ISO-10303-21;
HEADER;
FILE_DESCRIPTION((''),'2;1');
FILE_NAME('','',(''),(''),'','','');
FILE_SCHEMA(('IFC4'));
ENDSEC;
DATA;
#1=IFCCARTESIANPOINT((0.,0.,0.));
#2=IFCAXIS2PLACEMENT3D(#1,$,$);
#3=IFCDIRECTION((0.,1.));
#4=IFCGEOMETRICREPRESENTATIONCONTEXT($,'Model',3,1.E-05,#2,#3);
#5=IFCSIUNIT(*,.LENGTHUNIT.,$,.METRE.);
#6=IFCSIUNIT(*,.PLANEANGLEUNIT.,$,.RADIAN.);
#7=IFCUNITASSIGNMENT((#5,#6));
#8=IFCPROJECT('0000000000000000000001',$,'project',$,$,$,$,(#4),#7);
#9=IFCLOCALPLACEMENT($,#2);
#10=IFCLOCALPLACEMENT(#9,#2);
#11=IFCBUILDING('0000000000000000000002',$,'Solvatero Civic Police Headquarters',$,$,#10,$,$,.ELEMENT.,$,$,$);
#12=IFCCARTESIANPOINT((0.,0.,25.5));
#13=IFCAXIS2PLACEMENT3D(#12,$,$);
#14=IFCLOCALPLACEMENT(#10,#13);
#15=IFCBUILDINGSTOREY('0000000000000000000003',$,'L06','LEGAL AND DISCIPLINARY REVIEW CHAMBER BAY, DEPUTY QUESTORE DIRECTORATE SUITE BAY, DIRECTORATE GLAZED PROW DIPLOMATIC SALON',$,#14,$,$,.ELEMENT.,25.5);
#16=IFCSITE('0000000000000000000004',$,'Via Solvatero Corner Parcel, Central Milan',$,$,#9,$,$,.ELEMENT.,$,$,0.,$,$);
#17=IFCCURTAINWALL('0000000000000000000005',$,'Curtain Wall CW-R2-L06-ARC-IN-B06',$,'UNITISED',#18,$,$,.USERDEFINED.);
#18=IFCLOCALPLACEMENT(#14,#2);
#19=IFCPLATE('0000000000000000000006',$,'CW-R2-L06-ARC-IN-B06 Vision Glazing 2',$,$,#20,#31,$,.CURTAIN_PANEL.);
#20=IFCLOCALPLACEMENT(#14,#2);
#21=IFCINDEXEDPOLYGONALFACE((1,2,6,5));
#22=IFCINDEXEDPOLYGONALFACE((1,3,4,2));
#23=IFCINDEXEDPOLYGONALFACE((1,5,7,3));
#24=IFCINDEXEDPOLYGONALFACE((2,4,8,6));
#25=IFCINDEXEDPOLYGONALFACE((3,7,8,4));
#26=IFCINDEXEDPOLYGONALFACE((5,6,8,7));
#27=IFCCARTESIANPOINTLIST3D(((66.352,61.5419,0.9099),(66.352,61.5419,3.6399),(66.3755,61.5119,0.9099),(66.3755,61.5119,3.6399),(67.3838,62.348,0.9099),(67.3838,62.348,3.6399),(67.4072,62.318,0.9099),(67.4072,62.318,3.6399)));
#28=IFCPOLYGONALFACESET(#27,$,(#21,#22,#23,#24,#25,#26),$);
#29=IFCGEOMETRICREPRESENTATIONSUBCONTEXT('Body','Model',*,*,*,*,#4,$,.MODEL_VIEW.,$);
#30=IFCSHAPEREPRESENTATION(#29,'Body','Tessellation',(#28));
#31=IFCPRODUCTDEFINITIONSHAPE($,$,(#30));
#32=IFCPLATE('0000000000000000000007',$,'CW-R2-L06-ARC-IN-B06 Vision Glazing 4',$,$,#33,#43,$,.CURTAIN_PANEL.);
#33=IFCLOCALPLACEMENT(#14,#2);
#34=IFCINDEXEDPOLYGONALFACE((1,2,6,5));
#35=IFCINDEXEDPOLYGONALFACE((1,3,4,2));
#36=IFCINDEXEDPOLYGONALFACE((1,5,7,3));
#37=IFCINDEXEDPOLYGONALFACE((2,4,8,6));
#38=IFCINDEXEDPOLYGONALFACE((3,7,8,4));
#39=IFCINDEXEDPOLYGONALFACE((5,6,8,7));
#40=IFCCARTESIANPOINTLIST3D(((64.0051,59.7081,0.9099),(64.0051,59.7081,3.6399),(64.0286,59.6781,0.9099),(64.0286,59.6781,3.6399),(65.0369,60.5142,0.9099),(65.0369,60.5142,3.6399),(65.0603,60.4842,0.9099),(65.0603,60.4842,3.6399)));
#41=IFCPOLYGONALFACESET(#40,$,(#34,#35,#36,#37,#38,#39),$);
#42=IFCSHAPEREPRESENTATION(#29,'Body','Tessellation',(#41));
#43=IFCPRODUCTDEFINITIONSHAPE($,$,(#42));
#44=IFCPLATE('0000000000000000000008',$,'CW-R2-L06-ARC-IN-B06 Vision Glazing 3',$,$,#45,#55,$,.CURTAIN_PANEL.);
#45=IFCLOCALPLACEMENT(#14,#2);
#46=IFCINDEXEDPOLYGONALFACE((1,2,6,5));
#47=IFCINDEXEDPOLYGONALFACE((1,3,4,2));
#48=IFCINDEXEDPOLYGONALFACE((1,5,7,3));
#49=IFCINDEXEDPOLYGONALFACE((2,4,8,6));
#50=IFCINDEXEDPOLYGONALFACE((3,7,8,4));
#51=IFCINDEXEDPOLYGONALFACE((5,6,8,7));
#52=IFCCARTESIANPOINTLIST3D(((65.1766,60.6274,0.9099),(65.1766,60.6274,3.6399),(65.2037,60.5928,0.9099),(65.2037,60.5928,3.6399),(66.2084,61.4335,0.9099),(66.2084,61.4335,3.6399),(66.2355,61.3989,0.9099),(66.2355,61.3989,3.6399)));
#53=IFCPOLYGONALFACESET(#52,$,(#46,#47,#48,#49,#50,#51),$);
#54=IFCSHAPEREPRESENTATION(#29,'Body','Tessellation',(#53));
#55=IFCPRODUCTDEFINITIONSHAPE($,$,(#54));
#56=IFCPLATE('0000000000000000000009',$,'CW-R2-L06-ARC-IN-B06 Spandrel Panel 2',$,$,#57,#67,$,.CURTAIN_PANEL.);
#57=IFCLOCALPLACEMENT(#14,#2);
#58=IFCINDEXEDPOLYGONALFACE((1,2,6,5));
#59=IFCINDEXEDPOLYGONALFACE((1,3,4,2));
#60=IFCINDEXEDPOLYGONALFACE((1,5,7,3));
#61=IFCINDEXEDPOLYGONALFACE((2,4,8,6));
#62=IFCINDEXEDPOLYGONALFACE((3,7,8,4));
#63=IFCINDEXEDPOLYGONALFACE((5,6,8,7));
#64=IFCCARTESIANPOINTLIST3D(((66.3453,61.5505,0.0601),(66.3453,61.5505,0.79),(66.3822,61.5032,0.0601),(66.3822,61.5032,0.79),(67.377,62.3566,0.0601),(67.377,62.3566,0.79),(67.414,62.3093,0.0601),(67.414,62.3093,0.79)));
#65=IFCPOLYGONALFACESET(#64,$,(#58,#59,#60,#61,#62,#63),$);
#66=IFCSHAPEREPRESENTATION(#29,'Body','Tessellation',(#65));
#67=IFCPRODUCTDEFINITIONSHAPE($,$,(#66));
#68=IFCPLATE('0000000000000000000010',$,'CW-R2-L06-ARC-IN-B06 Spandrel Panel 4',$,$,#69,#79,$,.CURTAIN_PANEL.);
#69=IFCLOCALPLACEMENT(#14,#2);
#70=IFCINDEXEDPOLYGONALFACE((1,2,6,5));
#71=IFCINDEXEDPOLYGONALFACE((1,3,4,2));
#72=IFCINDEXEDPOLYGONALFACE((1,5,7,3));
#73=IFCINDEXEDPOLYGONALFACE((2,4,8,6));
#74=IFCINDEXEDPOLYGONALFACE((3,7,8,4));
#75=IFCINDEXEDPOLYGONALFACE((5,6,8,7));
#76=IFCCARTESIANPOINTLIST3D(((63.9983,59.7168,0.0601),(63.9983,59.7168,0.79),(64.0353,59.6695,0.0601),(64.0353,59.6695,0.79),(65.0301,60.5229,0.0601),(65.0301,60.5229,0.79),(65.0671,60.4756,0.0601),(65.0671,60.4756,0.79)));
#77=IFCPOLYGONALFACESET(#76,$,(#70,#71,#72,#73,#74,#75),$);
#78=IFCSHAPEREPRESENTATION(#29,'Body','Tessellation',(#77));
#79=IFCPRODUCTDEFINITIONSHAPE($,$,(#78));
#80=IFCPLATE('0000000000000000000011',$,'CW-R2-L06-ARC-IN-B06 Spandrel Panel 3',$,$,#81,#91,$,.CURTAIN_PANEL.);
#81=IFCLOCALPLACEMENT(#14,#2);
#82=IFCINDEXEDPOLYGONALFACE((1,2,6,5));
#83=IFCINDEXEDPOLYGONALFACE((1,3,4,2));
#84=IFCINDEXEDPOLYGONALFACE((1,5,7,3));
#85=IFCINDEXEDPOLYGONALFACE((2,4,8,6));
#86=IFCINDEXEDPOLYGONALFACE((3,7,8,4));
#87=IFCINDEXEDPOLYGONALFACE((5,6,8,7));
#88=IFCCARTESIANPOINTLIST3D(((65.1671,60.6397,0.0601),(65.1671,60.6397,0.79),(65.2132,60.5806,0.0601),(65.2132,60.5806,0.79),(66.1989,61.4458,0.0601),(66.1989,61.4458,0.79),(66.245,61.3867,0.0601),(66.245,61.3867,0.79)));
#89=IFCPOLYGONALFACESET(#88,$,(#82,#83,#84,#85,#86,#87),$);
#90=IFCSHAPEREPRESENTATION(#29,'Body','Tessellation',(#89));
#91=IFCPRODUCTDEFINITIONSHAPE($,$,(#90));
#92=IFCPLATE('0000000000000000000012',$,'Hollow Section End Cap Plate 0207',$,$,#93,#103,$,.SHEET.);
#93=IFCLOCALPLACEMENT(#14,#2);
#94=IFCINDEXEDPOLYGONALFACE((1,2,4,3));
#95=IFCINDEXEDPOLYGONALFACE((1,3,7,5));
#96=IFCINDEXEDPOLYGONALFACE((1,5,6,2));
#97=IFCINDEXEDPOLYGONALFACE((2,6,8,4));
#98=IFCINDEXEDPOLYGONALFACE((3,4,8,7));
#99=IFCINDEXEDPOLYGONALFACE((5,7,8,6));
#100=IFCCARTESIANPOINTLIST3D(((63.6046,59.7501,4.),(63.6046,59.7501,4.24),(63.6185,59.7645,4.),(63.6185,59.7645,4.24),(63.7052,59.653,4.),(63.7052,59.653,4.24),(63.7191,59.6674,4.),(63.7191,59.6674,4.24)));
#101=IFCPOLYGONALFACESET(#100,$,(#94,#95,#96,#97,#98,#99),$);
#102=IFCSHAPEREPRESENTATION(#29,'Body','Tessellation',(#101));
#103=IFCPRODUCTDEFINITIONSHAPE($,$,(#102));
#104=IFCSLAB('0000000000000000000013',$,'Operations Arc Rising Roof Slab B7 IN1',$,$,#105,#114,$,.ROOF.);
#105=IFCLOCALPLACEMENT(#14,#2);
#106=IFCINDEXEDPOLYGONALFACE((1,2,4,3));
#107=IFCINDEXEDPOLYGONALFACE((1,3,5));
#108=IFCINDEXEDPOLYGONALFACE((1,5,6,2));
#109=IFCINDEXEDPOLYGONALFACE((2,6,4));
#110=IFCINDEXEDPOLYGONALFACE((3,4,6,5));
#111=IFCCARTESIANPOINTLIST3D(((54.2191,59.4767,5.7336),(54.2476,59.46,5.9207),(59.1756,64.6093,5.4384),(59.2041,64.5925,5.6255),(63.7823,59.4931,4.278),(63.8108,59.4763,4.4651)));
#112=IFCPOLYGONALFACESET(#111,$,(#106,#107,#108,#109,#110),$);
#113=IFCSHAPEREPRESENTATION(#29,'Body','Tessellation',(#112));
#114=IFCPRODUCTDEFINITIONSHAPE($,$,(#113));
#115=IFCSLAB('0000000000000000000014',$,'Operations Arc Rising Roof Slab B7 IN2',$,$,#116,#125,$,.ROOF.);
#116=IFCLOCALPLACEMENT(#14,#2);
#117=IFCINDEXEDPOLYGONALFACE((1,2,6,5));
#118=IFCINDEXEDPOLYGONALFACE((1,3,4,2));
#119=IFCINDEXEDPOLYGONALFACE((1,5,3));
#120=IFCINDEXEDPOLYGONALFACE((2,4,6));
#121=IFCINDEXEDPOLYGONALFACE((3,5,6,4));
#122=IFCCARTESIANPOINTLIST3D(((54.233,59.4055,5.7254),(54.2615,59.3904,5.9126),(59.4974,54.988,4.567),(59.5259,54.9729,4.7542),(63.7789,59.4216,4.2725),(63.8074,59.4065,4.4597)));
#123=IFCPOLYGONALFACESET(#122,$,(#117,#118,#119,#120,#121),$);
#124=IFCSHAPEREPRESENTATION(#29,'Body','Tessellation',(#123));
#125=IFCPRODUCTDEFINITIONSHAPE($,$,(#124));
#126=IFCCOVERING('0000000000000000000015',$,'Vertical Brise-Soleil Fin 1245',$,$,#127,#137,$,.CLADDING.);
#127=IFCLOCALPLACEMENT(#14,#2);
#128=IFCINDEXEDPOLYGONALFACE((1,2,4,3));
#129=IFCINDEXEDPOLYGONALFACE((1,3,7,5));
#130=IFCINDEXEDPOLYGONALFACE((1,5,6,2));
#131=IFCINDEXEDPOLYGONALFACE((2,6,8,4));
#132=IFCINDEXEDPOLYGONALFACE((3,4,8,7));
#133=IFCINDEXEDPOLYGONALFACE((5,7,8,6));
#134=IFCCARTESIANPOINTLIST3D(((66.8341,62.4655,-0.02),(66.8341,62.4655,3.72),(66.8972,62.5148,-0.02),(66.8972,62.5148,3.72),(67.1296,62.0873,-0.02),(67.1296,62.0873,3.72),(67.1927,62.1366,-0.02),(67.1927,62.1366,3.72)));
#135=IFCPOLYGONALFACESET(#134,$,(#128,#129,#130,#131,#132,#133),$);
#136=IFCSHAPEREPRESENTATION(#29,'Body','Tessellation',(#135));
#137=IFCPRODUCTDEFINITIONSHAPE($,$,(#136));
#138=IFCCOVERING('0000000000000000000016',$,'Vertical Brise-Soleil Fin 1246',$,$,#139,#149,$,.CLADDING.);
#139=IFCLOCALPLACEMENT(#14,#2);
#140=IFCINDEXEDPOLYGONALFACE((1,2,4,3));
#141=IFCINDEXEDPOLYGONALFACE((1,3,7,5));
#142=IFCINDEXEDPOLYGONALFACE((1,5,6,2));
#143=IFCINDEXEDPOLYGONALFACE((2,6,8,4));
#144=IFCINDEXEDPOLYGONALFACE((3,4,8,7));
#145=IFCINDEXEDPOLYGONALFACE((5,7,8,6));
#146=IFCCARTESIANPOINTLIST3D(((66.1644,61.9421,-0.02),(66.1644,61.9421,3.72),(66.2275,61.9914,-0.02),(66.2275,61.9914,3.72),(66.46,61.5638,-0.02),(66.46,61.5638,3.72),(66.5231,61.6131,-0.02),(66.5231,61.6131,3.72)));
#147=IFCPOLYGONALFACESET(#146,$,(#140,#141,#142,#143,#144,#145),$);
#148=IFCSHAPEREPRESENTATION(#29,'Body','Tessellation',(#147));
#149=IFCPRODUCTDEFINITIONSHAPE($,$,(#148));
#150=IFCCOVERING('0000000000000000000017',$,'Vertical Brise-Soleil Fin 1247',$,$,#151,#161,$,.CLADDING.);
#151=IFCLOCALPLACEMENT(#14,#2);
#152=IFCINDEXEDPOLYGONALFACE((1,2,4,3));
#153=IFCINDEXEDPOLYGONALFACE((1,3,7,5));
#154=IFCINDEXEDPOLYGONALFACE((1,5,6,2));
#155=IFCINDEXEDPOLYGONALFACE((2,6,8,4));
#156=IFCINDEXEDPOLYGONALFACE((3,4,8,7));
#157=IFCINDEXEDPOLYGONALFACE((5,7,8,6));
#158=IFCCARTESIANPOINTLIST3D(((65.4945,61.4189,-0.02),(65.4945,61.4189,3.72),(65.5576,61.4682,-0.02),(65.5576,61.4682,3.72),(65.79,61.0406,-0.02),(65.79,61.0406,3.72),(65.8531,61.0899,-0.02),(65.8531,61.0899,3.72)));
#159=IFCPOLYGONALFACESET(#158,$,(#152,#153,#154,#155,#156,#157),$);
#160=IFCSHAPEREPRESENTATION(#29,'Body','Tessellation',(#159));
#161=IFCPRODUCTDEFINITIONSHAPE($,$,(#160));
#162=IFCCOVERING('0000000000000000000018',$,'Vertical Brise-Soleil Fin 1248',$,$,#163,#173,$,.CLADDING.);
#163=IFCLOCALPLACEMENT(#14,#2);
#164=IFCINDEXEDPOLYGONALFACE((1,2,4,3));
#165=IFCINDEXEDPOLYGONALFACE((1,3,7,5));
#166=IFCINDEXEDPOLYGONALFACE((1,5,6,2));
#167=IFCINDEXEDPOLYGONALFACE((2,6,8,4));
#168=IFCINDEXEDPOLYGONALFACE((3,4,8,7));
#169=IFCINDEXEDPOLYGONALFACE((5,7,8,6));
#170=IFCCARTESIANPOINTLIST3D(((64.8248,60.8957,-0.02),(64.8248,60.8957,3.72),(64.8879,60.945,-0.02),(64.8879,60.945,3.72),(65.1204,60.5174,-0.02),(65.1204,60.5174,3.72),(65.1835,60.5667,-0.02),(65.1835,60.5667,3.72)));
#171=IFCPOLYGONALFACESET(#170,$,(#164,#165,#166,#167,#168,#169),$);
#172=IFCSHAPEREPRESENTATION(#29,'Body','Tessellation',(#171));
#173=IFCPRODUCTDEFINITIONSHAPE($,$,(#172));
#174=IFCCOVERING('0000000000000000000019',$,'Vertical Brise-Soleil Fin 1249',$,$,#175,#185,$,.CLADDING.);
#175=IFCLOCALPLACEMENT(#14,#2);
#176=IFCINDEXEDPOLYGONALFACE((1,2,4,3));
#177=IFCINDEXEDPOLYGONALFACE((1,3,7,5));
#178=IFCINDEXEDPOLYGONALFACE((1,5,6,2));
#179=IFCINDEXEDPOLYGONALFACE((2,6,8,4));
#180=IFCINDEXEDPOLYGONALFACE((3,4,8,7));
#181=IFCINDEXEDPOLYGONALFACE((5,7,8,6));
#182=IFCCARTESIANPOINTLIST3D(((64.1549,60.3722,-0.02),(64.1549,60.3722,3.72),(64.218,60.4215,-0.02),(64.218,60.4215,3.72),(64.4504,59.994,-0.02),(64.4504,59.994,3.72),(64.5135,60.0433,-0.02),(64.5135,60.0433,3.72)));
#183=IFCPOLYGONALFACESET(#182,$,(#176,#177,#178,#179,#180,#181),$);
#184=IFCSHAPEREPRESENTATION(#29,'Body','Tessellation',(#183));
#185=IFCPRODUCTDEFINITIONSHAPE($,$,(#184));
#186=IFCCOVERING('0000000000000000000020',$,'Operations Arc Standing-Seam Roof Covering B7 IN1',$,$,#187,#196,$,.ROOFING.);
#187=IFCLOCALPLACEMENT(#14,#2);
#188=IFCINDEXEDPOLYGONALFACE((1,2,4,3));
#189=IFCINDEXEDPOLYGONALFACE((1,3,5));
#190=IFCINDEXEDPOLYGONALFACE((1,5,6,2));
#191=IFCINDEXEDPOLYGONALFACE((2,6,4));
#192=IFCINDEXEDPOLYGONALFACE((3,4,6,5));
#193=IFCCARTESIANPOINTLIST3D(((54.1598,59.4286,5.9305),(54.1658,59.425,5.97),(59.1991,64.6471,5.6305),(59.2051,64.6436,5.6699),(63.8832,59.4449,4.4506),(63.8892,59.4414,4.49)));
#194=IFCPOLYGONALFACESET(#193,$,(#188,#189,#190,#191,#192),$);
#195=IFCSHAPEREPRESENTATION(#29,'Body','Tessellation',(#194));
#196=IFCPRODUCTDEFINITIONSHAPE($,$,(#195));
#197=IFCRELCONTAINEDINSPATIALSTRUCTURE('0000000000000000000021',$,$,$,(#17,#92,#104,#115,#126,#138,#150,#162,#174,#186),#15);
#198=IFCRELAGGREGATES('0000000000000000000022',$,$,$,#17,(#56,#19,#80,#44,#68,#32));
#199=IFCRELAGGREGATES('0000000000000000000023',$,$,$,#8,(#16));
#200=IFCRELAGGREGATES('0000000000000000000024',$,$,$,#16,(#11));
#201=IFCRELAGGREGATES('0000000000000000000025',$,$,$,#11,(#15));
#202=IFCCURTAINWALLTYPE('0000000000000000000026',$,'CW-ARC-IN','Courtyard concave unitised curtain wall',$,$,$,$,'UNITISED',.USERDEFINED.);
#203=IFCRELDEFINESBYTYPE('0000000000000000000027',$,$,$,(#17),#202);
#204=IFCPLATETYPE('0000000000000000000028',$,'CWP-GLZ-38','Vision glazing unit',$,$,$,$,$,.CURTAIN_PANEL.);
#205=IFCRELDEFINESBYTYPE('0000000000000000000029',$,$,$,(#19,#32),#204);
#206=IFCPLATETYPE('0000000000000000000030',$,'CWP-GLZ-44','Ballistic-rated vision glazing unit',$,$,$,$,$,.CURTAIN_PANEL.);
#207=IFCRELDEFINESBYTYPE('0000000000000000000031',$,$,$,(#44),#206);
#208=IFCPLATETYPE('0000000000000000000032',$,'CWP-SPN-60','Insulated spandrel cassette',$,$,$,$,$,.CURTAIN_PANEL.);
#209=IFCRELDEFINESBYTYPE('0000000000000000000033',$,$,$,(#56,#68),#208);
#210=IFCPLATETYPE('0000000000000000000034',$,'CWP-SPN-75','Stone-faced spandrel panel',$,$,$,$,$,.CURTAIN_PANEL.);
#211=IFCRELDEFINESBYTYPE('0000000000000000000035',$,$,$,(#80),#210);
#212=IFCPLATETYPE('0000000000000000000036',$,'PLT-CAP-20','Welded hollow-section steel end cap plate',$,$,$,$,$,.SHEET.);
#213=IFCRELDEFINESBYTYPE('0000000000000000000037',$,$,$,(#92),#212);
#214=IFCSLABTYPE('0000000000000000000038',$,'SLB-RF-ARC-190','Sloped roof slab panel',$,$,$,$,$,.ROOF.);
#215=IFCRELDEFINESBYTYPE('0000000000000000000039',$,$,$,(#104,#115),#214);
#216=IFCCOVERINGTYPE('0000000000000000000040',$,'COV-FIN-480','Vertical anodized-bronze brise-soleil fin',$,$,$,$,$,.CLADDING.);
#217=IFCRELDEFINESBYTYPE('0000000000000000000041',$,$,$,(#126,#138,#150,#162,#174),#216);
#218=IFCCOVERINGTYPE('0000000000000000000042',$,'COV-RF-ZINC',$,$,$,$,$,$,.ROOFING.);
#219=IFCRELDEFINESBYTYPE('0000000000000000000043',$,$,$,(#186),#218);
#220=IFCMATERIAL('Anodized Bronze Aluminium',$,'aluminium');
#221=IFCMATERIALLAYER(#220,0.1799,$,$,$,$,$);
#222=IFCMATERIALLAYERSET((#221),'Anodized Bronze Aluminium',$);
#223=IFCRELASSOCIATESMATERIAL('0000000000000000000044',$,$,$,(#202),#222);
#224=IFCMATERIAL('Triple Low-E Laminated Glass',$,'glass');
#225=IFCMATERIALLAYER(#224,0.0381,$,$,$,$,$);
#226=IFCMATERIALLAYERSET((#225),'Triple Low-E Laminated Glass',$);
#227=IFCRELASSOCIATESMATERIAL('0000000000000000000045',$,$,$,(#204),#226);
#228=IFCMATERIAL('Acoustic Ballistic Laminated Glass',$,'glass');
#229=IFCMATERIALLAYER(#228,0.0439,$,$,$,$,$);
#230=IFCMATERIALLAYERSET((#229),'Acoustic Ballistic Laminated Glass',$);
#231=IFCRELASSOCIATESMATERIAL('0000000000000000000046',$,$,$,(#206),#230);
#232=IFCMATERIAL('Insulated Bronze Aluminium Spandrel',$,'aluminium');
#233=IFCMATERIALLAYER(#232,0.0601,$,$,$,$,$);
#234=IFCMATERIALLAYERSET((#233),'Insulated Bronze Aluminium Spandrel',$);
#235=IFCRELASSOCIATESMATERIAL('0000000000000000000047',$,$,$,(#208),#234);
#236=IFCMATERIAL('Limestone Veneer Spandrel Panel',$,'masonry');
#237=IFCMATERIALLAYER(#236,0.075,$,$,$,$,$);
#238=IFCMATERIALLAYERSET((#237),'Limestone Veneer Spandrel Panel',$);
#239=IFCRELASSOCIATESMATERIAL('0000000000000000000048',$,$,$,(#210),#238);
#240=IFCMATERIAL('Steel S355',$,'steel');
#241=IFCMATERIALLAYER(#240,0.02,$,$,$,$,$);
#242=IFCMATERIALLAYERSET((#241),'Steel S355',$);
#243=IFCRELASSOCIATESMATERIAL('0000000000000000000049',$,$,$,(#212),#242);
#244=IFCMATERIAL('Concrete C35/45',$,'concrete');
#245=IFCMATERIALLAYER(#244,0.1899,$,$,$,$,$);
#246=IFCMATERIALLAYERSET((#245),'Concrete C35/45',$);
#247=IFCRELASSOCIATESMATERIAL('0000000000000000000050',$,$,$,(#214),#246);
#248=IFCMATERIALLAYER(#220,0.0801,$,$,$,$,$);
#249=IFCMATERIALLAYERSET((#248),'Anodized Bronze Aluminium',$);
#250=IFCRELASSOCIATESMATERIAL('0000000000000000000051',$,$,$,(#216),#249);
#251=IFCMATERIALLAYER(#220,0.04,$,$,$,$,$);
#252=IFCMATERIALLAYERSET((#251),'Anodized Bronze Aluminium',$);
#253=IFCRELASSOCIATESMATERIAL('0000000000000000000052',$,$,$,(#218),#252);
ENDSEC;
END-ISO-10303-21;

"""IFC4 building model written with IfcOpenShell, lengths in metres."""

from ifc_helpers import new_model, si_unit, direction, frame, origin, origin_2d, place, context, subcontext, project, spatial, polyline, rectangle, outline, extrude, material, layer, layer_set, type_object, element, aggregate, save


model = new_model("IFC4")

# Units and contexts
model_context = context("Model", 3, precision=1e-05, world=origin(), true_north=direction((0.0, 1.0)))
body_context = subcontext(model_context, "Body", "Model", "MODEL_VIEW")
ifc_project = project(units=[si_unit("LENGTHUNIT", "METRE"), si_unit("PLANEANGLEUNIT", "RADIAN")], contexts=[model_context])

# Site, building, storey
site_placement = place(None, origin())
site = spatial("IfcSite", under=ifc_project, at=site_placement, Name="Via Solvatero Corner Parcel, Central Milan", CompositionType="ELEMENT", RefElevation=0.0)
building_placement = place(site_placement, origin())
building = spatial("IfcBuilding", under=site, at=building_placement, Name="Solvatero Civic Police Headquarters", CompositionType="ELEMENT")
storey_placement = place(building_placement, frame((0.0, 0.0, 25.5)))
storey = spatial("IfcBuildingStorey", under=building, at=storey_placement, Name="L06", Description="LEGAL AND DISCIPLINARY REVIEW CHAMBER BAY, DEPUTY QUESTORE DIRECTORATE SUITE BAY, DIRECTORATE GLAZED PROW DIPLOMATIC SALON", CompositionType="ELEMENT", Elevation=25.5)

# Shared definitions
ifc_material_1 = material(Name="Steel S355", Category="steel")

# Curtain wall
ifc_material_2 = material(Name="Anodized Bronze Aluminium", Category="aluminium")
ifc_layer_1 = layer(ifc_material_2, 0.1799)
ifc_layer_set_1 = layer_set([ifc_layer_1], Name="Anodized Bronze Aluminium")
curtain_wall_type = type_object("IfcCurtainWallType", Name="CW-ARC-IN", Description="Courtyard concave unitised curtain wall", ElementType="UNITISED", PredefinedType="USERDEFINED", material=ifc_layer_set_1)
curtain_wall_1_placement = place(storey_placement, origin())
curtain_wall_1 = element("IfcCurtainWall", 1, at=curtain_wall_1_placement, inside=storey, type_object=curtain_wall_type, Name="Curtain Wall CW-R2-L06-ARC-IN-B06", ObjectType="UNITISED", PredefinedType="USERDEFINED")

# Plates
ifc_material_3 = material(Name="Triple Low-E Laminated Glass", Category="glass")
ifc_layer_2 = layer(ifc_material_3, 0.0381)
ifc_layer_set_2 = layer_set([ifc_layer_2], Name="Triple Low-E Laminated Glass")
plate_type_1 = type_object("IfcPlateType", Name="CWP-GLZ-38", Description="Vision glazing unit", PredefinedType="CURTAIN_PANEL", material=ifc_layer_set_2)
plate_1_placement = place(storey_placement, frame((66.8796, 61.9299, 0.9099), z_axis=(0.0, 0.0, 1.0), x_axis=(-0.788011, -0.615661, 0.0)))
plate_1 = element("IfcPlate", 2, at=plate_1_placement, type_object=plate_type_1, Name="CW-R2-L06-ARC-IN-B06 Vision Glazing 2", PredefinedType="CURTAIN_PANEL", context=body_context, shape_type="SweptSolid", body=[
    extrude(rectangle(XDim=1.3093, YDim=0.0381, at=origin_2d()), origin(), (0.0, 0.0, 1.0), 2.73),
])
plate_2_placement = place(storey_placement, frame((64.5327, 60.0962, 0.9099), z_axis=(0.0, 0.0, 1.0), x_axis=(-0.788011, -0.615661, 0.0)))
plate_2 = element("IfcPlate", 3, at=plate_2_placement, type_object=plate_type_1, Name="CW-R2-L06-ARC-IN-B06 Vision Glazing 4", PredefinedType="CURTAIN_PANEL", context=body_context, shape_type="SweptSolid", body=[
    extrude(rectangle(XDim=1.3093, YDim=0.0381, at=origin_2d()), origin(), (0.0, 0.0, 1.0), 2.73),
])
ifc_material_4 = material(Name="Acoustic Ballistic Laminated Glass", Category="glass")
ifc_layer_3 = layer(ifc_material_4, 0.0439)
ifc_layer_set_3 = layer_set([ifc_layer_3], Name="Acoustic Ballistic Laminated Glass")
plate_type_2 = type_object("IfcPlateType", Name="CWP-GLZ-44", Description="Ballistic-rated vision glazing unit", PredefinedType="CURTAIN_PANEL", material=ifc_layer_set_3)
plate_3_placement = place(storey_placement, frame((65.7061, 61.0132, 0.9099), z_axis=(0.0, 0.0, 1.0), x_axis=(-0.788011, -0.615661, 0.0)))
plate_3 = element("IfcPlate", 4, at=plate_3_placement, type_object=plate_type_2, Name="CW-R2-L06-ARC-IN-B06 Vision Glazing 3", PredefinedType="CURTAIN_PANEL", context=body_context, shape_type="SweptSolid", body=[
    extrude(rectangle(XDim=1.3093, YDim=0.0439, at=origin_2d()), origin(), (0.0, 0.0, 1.0), 2.73),
])
ifc_material_5 = material(Name="Insulated Bronze Aluminium Spandrel", Category="aluminium")
ifc_layer_4 = layer(ifc_material_5, 0.0601)
ifc_layer_set_4 = layer_set([ifc_layer_4], Name="Insulated Bronze Aluminium Spandrel")
plate_type_3 = type_object("IfcPlateType", Name="CWP-SPN-60", Description="Insulated spandrel cassette", PredefinedType="CURTAIN_PANEL", material=ifc_layer_set_4)
plate_4_placement = place(storey_placement, frame((66.8796, 61.9299, 0.0601), z_axis=(0.0, 0.0, 1.0), x_axis=(-0.788011, -0.615661, 0.0)))
plate_4 = element("IfcPlate", 5, at=plate_4_placement, type_object=plate_type_3, Name="CW-R2-L06-ARC-IN-B06 Spandrel Panel 2", PredefinedType="CURTAIN_PANEL", context=body_context, shape_type="SweptSolid", body=[
    extrude(rectangle(XDim=1.3093, YDim=0.0601, at=origin_2d()), origin(), (0.0, 0.0, 1.0), 0.73),
])
plate_5_placement = place(storey_placement, frame((64.5327, 60.0962, 0.0601), z_axis=(0.0, 0.0, 1.0), x_axis=(-0.788011, -0.615661, 0.0)))
plate_5 = element("IfcPlate", 6, at=plate_5_placement, type_object=plate_type_3, Name="CW-R2-L06-ARC-IN-B06 Spandrel Panel 4", PredefinedType="CURTAIN_PANEL", context=body_context, shape_type="SweptSolid", body=[
    extrude(rectangle(XDim=1.3093, YDim=0.0601, at=origin_2d()), origin(), (0.0, 0.0, 1.0), 0.73),
])
ifc_material_6 = material(Name="Limestone Veneer Spandrel Panel", Category="masonry")
ifc_layer_5 = layer(ifc_material_6, 0.075)
ifc_layer_set_5 = layer_set([ifc_layer_5], Name="Limestone Veneer Spandrel Panel")
plate_type_4 = type_object("IfcPlateType", Name="CWP-SPN-75", Description="Stone-faced spandrel panel", PredefinedType="CURTAIN_PANEL", material=ifc_layer_set_5)
plate_6_placement = place(storey_placement, frame((65.7061, 61.0132, 0.0601), z_axis=(0.0, 0.0, 1.0), x_axis=(-0.788011, -0.615661, 0.0)))
plate_6 = element("IfcPlate", 7, at=plate_6_placement, type_object=plate_type_4, Name="CW-R2-L06-ARC-IN-B06 Spandrel Panel 3", PredefinedType="CURTAIN_PANEL", context=body_context, shape_type="SweptSolid", body=[
    extrude(rectangle(XDim=1.3093, YDim=0.075, at=origin_2d()), origin(), (0.0, 0.0, 1.0), 0.73),
])
aggregate(curtain_wall_1, [plate_4, plate_1, plate_6, plate_3, plate_5, plate_2])
ifc_layer_6 = layer(ifc_material_1, 0.02)
ifc_layer_set_6 = layer_set([ifc_layer_6], Name="Steel S355")
plate_type_5 = type_object("IfcPlateType", Name="PLT-CAP-20", Description="Welded hollow-section steel end cap plate", PredefinedType="SHEET", material=ifc_layer_set_6)
plate_7_placement = place(storey_placement, frame((63.6619, 59.7087, 4.0), z_axis=(0.0, 0.0, 1.0), x_axis=(-0.694658, -0.71934, 0.0)))
element("IfcPlate", 8, at=plate_7_placement, inside=storey, type_object=plate_type_5, Name="Hollow Section End Cap Plate 0207", PredefinedType="SHEET", context=body_context, shape_type="SweptSolid", body=[
    extrude(rectangle(XDim=0.02, YDim=0.1399, at=origin_2d()), origin(), (0.0, 0.0, 1.0), 0.24),
])

# Slabs
ifc_material_7 = material(Name="Concrete C35/45", Category="concrete")
ifc_layer_7 = layer(ifc_material_7, 0.1899)
ifc_layer_set_7 = layer_set([ifc_layer_7], Name="Concrete C35/45")
slab_type = type_object("IfcSlabType", Name="SLB-RF-ARC-190", Description="Sloped roof slab panel", PredefinedType="ROOF", material=ifc_layer_set_7)
slab_1_placement = place(storey_placement, frame((63.8108, 59.4763, 4.4651), z_axis=(0.150032, -0.088256, 0.984734), x_axis=(-0.988613, -0.001691, 0.150471)))
element("IfcSlab", 9, at=slab_1_placement, inside=storey, type_object=slab_type, Name="Operations Arc Rising Roof Slab B7 IN1", PredefinedType="ROOF", context=body_context, shape_type="SweptSolid", body=[
    extrude(outline(polyline([(0.0, 0.0), (9.6734, 0.0), (4.7202, -5.1443), (0.0, 0.0)])), origin(), (0.0, 0.0, -1.0), 0.1899),
])
slab_2_placement = place(storey_placement, frame((63.8074, 59.4065, 4.4597), z_axis=(0.150121, -0.079527, 0.985464), x_axis=(-0.693869, -0.718519, 0.047717)))
element("IfcSlab", 10, at=slab_2_placement, inside=storey, type_object=slab_type, Name="Operations Arc Rising Roof Slab B7 IN2", PredefinedType="ROOF", context=body_context, shape_type="SweptSolid", body=[
    extrude(outline(polyline([(0.0, 0.0), (6.1705, 0.0), (6.7045, -6.9487), (0.0, 0.0)])), origin(), (0.0, 0.0, -1.0), 0.1899),
])

# Coverings
ifc_layer_8 = layer(ifc_material_2, 0.0801)
ifc_layer_set_8 = layer_set([ifc_layer_8], Name="Anodized Bronze Aluminium")
covering_type_1 = type_object("IfcCoveringType", Name="COV-FIN-480", Description="Vertical anodized-bronze brise-soleil fin", PredefinedType="CLADDING", material=ifc_layer_set_8)
for number, where, z_axis, x_axis, name in (
    (11, (67.0134, 62.301, -0.02), (0.0, 0.0, 1.0), (-0.788011, -0.615661, 0.0), "Vertical Brise-Soleil Fin 1245"),
    (12, (66.3438, 61.7776, -0.02), (0.0, 0.0, 1.0), (-0.788011, -0.615661, 0.0), "Vertical Brise-Soleil Fin 1246"),
    (13, (65.6738, 61.2544, -0.02), (0.0, 0.0, 1.0), (-0.788011, -0.615661, 0.0), "Vertical Brise-Soleil Fin 1247"),
    (14, (65.0042, 60.7312, -0.02), (0.0, 0.0, 1.0), (-0.788011, -0.615661, 0.0), "Vertical Brise-Soleil Fin 1248"),
    (15, (64.3342, 60.2078, -0.02), (0.0, 0.0, 1.0), (-0.788011, -0.615661, 0.0), "Vertical Brise-Soleil Fin 1249"),
):
    element("IfcCovering", number, at=place(storey_placement, frame(where, z_axis=z_axis, x_axis=x_axis)), inside=storey, type_object=covering_type_1, Name=name, PredefinedType="CLADDING", context=body_context, shape_type="SweptSolid", body=[
        extrude(rectangle(XDim=0.0801, YDim=0.48, at=origin_2d()), origin(), (0.0, 0.0, 1.0), 3.74),
    ])
ifc_layer_9 = layer(ifc_material_2, 0.04)
ifc_layer_set_9 = layer_set([ifc_layer_9], Name="Anodized Bronze Aluminium")
covering_type_2 = type_object("IfcCoveringType", Name="COV-RF-ZINC", PredefinedType="ROOFING", material=ifc_layer_set_9)
covering_1_placement = place(storey_placement, frame((63.8892, 59.4414, 4.49), z_axis=(0.150033, -0.088262, 0.984733), x_axis=(-0.659827, 0.732804, 0.166212)))
element("IfcCovering", 16, at=covering_1_placement, inside=storey, type_object=covering_type_2, Name="Operations Arc Standing-Seam Roof Covering B7 IN1", PredefinedType="ROOFING", context=body_context, shape_type="SweptSolid", body=[
    extrude(outline(polyline([(0.0, 0.0), (7.099, 0.0), (6.6498, 7.2468), (0.0, 0.0)])), origin(), (0.0, 0.0, -1.0), 0.04),
])

save(model, "model.ifc")
